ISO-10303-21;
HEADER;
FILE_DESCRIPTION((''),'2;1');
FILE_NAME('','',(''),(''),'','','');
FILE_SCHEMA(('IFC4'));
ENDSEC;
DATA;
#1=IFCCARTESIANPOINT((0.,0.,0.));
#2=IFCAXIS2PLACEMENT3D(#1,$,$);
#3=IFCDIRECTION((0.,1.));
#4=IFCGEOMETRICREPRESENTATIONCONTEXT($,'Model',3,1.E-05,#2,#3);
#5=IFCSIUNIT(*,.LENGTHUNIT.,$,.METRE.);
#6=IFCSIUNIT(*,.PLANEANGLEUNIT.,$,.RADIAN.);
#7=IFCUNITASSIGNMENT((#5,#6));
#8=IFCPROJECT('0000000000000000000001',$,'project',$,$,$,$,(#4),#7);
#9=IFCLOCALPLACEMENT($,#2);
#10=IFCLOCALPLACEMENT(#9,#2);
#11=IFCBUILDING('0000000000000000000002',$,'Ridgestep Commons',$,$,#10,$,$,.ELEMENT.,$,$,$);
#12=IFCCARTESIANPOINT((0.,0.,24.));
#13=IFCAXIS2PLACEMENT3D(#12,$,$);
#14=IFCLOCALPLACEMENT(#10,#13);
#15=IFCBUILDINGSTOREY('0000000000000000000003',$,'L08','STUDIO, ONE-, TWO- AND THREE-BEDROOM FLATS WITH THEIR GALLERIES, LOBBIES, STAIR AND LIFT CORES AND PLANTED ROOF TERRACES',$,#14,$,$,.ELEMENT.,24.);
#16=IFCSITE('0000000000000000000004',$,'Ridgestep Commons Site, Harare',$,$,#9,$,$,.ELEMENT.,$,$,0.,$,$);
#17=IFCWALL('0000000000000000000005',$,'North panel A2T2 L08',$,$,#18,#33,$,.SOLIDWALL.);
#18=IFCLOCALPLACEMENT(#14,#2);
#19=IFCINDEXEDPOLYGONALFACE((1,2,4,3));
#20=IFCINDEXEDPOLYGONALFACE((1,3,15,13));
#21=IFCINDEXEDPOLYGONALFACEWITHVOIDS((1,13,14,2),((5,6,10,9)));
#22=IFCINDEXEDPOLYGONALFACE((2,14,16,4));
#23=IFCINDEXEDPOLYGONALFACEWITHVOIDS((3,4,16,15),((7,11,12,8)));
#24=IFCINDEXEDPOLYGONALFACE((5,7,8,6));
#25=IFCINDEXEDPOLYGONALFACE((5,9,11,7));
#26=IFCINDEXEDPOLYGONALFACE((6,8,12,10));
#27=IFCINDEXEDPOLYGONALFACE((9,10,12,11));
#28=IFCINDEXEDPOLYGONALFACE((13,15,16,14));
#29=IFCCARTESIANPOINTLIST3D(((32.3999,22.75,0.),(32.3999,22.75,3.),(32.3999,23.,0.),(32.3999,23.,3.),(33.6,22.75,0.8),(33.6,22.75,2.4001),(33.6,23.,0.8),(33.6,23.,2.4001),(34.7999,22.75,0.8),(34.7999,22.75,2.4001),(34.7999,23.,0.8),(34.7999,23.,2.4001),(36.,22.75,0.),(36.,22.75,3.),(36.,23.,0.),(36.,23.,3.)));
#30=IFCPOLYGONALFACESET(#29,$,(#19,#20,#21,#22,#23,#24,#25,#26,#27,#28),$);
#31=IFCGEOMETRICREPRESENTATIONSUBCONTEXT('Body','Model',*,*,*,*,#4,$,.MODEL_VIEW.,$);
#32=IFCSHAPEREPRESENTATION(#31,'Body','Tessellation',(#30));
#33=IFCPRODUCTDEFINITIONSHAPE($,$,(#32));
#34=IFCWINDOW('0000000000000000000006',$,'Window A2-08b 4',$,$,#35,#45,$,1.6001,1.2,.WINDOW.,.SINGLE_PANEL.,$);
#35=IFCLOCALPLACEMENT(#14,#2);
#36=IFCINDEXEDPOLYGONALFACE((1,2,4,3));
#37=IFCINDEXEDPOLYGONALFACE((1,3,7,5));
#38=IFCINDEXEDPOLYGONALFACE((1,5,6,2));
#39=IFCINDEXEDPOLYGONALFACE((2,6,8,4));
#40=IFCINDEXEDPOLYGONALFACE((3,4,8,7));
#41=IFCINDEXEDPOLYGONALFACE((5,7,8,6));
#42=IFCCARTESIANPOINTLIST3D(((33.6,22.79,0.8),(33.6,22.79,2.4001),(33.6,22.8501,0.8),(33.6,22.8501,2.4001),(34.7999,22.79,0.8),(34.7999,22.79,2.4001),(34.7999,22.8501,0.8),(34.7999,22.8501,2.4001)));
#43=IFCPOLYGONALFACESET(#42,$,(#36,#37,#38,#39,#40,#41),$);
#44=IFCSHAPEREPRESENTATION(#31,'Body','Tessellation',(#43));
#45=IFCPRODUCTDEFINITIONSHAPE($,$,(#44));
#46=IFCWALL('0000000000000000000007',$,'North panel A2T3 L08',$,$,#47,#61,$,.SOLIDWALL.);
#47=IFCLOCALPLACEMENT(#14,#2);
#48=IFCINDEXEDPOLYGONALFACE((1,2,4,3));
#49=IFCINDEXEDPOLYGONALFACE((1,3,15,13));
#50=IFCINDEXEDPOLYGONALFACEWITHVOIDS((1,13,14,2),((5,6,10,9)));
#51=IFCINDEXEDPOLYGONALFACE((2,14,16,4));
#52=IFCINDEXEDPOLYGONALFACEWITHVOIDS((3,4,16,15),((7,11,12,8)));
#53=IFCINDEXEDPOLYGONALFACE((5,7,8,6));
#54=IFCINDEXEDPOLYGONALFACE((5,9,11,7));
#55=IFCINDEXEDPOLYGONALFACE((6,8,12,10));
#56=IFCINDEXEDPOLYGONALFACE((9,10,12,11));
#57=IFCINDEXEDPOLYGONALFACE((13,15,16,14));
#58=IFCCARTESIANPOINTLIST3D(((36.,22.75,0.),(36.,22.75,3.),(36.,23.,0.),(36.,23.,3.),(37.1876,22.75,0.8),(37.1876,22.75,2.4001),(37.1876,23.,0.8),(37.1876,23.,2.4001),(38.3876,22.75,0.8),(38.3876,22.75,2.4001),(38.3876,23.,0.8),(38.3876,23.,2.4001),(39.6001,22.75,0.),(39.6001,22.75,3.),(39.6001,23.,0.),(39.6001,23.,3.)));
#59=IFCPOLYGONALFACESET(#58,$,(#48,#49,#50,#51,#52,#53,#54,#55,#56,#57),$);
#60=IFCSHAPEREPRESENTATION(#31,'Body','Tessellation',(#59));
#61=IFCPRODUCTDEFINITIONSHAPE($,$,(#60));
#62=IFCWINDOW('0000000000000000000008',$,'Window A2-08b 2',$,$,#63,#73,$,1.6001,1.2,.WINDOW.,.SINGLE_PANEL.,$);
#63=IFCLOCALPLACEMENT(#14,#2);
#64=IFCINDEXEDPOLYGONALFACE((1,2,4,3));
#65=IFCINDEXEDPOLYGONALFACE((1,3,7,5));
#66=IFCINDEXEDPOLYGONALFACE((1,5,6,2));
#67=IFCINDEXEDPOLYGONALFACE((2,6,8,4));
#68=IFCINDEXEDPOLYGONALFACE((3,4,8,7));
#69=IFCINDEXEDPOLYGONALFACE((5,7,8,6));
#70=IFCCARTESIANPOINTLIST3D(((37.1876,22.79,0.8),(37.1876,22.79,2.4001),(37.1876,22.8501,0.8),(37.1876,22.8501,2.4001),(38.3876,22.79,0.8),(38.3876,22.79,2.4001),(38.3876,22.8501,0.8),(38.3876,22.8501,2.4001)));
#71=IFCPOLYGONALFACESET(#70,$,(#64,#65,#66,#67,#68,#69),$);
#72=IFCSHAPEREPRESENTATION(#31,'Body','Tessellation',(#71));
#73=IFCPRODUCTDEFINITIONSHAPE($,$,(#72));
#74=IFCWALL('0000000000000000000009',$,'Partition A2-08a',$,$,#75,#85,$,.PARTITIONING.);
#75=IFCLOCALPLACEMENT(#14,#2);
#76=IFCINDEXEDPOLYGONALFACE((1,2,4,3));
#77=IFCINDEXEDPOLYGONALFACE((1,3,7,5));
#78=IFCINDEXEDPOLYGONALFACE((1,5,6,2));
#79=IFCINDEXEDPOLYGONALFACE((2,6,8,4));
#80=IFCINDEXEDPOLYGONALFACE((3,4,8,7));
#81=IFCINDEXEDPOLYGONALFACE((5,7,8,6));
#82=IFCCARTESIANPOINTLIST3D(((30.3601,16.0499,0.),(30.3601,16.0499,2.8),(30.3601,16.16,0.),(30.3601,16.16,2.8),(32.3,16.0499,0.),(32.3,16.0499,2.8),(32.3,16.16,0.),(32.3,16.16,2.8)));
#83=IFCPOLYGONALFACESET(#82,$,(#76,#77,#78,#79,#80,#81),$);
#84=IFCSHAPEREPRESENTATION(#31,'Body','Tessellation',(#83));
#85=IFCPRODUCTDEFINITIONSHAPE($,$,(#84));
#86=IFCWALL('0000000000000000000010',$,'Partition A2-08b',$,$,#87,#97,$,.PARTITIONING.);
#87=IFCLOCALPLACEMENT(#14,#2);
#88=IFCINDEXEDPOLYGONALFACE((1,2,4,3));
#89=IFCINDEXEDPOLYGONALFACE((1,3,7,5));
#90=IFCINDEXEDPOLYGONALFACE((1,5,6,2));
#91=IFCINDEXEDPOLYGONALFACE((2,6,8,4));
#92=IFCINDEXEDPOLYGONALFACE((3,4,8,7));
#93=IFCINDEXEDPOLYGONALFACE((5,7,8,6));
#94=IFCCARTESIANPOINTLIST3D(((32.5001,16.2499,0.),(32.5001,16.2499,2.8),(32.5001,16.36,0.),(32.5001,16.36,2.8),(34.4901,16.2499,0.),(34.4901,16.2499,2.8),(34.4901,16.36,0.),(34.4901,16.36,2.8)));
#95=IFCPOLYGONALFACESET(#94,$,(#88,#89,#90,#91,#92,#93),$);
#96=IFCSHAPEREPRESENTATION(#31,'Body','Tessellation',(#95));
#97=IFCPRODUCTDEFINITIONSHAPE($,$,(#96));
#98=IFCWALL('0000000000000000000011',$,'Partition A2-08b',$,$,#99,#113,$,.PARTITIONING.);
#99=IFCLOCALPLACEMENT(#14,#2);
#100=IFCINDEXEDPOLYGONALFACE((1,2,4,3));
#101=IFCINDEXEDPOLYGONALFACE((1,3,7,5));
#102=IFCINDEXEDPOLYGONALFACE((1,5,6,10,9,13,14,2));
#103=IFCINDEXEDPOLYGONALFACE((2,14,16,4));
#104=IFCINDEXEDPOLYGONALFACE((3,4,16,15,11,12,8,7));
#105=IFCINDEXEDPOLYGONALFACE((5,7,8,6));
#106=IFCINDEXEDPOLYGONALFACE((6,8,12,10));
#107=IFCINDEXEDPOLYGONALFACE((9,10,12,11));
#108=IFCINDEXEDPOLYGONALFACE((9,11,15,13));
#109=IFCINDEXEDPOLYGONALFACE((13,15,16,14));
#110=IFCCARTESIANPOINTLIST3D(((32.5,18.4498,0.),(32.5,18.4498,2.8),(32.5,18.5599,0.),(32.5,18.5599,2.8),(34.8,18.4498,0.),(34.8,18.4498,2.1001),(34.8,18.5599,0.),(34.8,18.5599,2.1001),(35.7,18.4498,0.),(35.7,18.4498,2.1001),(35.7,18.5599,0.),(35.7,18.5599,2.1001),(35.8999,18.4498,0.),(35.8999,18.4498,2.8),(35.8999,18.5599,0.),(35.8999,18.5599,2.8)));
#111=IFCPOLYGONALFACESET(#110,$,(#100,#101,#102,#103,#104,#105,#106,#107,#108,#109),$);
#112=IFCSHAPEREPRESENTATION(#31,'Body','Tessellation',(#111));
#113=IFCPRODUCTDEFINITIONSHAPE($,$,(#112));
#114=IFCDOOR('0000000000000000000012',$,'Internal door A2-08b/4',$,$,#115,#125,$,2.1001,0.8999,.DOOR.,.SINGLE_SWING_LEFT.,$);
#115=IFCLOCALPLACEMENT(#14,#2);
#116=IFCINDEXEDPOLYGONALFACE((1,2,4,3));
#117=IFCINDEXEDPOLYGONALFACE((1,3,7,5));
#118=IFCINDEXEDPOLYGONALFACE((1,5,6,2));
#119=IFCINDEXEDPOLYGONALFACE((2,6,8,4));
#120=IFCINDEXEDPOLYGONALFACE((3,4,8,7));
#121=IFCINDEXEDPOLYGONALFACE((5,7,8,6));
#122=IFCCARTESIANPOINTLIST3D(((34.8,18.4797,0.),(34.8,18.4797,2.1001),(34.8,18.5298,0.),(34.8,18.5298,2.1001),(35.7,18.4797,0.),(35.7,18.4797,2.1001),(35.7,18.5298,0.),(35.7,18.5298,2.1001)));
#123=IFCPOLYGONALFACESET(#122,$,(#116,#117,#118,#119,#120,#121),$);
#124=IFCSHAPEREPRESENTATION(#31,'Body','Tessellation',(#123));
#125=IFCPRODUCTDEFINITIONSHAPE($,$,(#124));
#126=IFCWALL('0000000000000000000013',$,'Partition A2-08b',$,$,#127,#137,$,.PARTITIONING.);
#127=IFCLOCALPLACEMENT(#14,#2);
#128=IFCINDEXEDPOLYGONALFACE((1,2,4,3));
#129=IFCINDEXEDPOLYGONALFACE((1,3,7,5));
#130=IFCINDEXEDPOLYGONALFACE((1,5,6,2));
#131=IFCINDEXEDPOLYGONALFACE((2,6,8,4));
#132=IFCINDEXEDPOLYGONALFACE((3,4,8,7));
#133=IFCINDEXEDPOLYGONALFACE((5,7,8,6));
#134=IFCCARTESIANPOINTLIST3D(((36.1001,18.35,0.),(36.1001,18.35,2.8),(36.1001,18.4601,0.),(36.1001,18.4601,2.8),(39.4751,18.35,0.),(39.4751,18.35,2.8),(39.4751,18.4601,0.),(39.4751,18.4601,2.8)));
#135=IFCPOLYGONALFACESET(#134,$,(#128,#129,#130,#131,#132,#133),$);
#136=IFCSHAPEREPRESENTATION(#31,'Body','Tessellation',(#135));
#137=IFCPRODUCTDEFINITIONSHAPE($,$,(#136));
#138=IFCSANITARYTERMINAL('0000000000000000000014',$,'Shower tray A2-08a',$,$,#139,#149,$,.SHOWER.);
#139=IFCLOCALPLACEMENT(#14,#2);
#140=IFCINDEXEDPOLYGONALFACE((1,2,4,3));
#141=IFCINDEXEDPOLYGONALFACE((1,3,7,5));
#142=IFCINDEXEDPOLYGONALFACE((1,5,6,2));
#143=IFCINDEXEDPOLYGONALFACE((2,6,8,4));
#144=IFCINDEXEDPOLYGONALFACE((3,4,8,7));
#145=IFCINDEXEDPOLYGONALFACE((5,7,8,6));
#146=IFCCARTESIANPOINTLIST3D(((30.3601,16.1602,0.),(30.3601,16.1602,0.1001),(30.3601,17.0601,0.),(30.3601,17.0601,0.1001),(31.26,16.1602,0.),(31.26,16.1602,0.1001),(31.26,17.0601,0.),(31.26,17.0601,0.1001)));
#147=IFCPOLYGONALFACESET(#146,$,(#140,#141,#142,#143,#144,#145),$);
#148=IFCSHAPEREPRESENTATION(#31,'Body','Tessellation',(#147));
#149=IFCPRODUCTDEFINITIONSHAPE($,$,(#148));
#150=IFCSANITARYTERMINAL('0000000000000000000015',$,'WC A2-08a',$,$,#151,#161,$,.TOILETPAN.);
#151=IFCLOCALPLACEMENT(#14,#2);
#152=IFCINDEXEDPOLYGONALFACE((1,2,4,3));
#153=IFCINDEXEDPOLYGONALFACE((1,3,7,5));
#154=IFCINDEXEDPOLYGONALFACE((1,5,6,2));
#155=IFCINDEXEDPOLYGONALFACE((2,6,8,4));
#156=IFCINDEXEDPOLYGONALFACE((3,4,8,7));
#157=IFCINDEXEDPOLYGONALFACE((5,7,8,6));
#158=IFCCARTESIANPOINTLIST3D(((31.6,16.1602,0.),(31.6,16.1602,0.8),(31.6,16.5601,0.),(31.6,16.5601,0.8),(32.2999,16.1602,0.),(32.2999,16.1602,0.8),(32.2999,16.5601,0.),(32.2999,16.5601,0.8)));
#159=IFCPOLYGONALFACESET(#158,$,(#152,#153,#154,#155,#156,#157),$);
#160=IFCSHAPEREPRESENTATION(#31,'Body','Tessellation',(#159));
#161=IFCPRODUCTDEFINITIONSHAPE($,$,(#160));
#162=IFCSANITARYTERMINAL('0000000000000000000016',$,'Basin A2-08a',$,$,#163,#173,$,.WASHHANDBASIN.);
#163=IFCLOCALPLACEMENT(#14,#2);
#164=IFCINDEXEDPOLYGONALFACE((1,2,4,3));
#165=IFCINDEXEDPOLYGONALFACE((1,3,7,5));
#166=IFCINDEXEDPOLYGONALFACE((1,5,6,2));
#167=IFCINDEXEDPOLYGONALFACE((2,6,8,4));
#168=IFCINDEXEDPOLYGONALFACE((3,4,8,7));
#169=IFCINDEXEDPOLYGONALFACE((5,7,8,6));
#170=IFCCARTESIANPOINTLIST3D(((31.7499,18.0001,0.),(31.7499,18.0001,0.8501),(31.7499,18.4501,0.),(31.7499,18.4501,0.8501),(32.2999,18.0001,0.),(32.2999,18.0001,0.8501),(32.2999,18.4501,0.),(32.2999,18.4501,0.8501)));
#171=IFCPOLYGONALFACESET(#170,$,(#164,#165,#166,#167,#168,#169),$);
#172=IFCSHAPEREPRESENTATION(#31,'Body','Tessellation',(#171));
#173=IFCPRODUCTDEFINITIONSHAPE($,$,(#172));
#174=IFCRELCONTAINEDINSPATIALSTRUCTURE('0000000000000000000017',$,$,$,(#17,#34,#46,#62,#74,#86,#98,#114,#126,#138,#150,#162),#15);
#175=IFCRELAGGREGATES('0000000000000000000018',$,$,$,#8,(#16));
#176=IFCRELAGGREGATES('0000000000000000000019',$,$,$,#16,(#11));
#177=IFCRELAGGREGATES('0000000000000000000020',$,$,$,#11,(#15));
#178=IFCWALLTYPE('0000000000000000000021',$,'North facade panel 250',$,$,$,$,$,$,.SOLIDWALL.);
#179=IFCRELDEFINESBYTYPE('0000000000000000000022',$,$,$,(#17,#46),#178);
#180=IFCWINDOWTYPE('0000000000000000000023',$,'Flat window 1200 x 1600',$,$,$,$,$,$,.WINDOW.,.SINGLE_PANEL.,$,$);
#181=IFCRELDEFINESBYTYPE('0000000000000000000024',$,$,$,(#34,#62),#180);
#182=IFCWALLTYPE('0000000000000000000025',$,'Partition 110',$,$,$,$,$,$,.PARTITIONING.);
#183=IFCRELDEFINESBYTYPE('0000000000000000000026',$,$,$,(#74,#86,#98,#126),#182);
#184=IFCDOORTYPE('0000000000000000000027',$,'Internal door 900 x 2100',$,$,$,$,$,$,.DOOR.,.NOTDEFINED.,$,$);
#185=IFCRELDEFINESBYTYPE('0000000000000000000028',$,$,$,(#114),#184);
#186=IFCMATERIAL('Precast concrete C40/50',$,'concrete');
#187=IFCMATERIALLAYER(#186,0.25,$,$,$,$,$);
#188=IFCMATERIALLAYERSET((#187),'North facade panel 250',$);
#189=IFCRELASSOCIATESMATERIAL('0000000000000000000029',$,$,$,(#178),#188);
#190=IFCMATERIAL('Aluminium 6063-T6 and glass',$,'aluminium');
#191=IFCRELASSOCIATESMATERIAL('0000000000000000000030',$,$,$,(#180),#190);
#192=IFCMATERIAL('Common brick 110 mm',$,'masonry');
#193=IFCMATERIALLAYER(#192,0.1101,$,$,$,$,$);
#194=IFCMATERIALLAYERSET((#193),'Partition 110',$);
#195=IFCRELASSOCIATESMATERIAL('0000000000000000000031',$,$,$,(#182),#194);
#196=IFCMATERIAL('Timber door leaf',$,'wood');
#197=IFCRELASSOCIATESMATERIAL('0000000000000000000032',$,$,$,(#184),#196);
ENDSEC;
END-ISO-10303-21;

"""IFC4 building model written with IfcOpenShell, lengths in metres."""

from ifc_helpers import new_model, si_unit, direction, frame, frame_2d, origin, origin_2d, place, context, subcontext, project, spatial, rectangle, extrude, material, layer, layer_set, type_object, element, fill, save


model = new_model("IFC4")

# Units and contexts
model_context = context("Model", 3, precision=1e-05, world=origin(), true_north=direction((0.0, 1.0)))
body_context = subcontext(model_context, "Body", "Model", "MODEL_VIEW")
ifc_project = project(units=[si_unit("LENGTHUNIT", "METRE"), si_unit("PLANEANGLEUNIT", "RADIAN")], contexts=[model_context])

# Site, building, storey
site_placement = place(None, origin())
site = spatial("IfcSite", under=ifc_project, at=site_placement, Name="Ridgestep Commons Site, Harare", CompositionType="ELEMENT", RefElevation=0.0)
building_placement = place(site_placement, origin())
building = spatial("IfcBuilding", under=site, at=building_placement, Name="Ridgestep Commons", CompositionType="ELEMENT")
storey_placement = place(building_placement, frame((0.0, 0.0, 24.0)))
storey = spatial("IfcBuildingStorey", under=building, at=storey_placement, Name="L08", Description="STUDIO, ONE-, TWO- AND THREE-BEDROOM FLATS WITH THEIR GALLERIES, LOBBIES, STAIR AND LIFT CORES AND PLANTED ROOF TERRACES", CompositionType="ELEMENT", Elevation=24.0)

# Walls, openings, windows
ifc_material_1 = material(Name="Precast concrete C40/50", Category="concrete")
ifc_layer_1 = layer(ifc_material_1, 0.25)
ifc_layer_set_1 = layer_set([ifc_layer_1], Name="North facade panel 250")
wall_type_1 = type_object("IfcWallType", Name="North facade panel 250", PredefinedType="SOLIDWALL", material=ifc_layer_set_1)
wall_1_placement = place(storey_placement, frame((32.3999, 22.875, 0.0), z_axis=(0.0, 0.0, 1.0), x_axis=(1.0, 0.0, 0.0)))
wall_1 = element("IfcWall", 1, at=wall_1_placement, inside=storey, type_object=wall_type_1, Name="North panel A2T2 L08", PredefinedType="SOLIDWALL", context=body_context, shape_type="SweptSolid", body=[
    extrude(rectangle(XDim=3.6001, YDim=0.25, at=frame_2d((1.8, 0.0))), origin(), (0.0, 0.0, 1.0), 3.0),
])
opening_1_placement = place(wall_1_placement, frame((1.2, 0.0, 0.8)))
opening_1 = element("IfcOpeningElement", 2, at=opening_1_placement, cuts=wall_1, PredefinedType="OPENING", context=body_context, shape_type="SweptSolid", body=[
    extrude(rectangle(XDim=1.2, YDim=1.6001, at=frame_2d((0.6001, 0.8))), frame((0.0, 0.135, 0.0), z_axis=(0.0, -1.0, 0.0), x_axis=(1.0, 0.0, 0.0)), (0.0, 0.0, 1.0), 0.27),
])
ifc_material_2 = material(Name="Aluminium 6063-T6 and glass", Category="aluminium")
window_type = type_object("IfcWindowType", Name="Flat window 1200 x 1600", PartitioningType="SINGLE_PANEL", PredefinedType="WINDOW", material=ifc_material_2)
window_1_placement = place(opening_1_placement, origin())
window_1 = element("IfcWindow", 3, at=window_1_placement, inside=storey, type_object=window_type, Name="Window A2-08b 4", OverallHeight=1.6001, OverallWidth=1.2, PartitioningType="SINGLE_PANEL", PredefinedType="WINDOW", context=body_context, shape_type="SweptSolid", body=[
    extrude(rectangle(XDim=1.2, YDim=1.6001, at=frame_2d((0.6001, 0.8))), frame((0.0, -0.0249, 0.0), z_axis=(0.0, -1.0, 0.0), x_axis=(1.0, 0.0, 0.0)), (0.0, 0.0, 1.0), 0.0601),
])
fill(opening_1, window_1)
wall_2_placement = place(storey_placement, frame((36.0, 22.875, 0.0), z_axis=(0.0, 0.0, 1.0), x_axis=(1.0, 0.0, 0.0)))
wall_2 = element("IfcWall", 4, at=wall_2_placement, inside=storey, type_object=wall_type_1, Name="North panel A2T3 L08", PredefinedType="SOLIDWALL", context=body_context, shape_type="SweptSolid", body=[
    extrude(rectangle(XDim=3.6001, YDim=0.25, at=frame_2d((1.8, 0.0))), origin(), (0.0, 0.0, 1.0), 3.0),
])
opening_2_placement = place(wall_2_placement, frame((1.1875, 0.0, 0.8)))
opening_2 = element("IfcOpeningElement", 5, at=opening_2_placement, cuts=wall_2, PredefinedType="OPENING", context=body_context, shape_type="SweptSolid", body=[
    extrude(rectangle(XDim=1.2, YDim=1.6001, at=frame_2d((0.6001, 0.8))), frame((0.0, 0.135, 0.0), z_axis=(0.0, -1.0, 0.0), x_axis=(1.0, 0.0, 0.0)), (0.0, 0.0, 1.0), 0.27),
])
window_2_placement = place(opening_2_placement, origin())
window_2 = element("IfcWindow", 6, at=window_2_placement, inside=storey, type_object=window_type, Name="Window A2-08b 2", OverallHeight=1.6001, OverallWidth=1.2, PartitioningType="SINGLE_PANEL", PredefinedType="WINDOW", context=body_context, shape_type="SweptSolid", body=[
    extrude(rectangle(XDim=1.2, YDim=1.6001, at=frame_2d((0.6001, 0.8))), frame((0.0, -0.0249, 0.0), z_axis=(0.0, -1.0, 0.0), x_axis=(1.0, 0.0, 0.0)), (0.0, 0.0, 1.0), 0.0601),
])
fill(opening_2, window_2)

# Walls
ifc_material_3 = material(Name="Common brick 110 mm", Category="masonry")
ifc_layer_2 = layer(ifc_material_3, 0.1101)
ifc_layer_set_2 = layer_set([ifc_layer_2], Name="Partition 110")
wall_type_2 = type_object("IfcWallType", Name="Partition 110", PredefinedType="PARTITIONING", material=ifc_layer_set_2)
wall_3_placement = place(storey_placement, frame((30.3601, 16.105, 0.0), z_axis=(0.0, 0.0, 1.0), x_axis=(1.0, 0.0, 0.0)))
element("IfcWall", 7, at=wall_3_placement, inside=storey, type_object=wall_type_2, Name="Partition A2-08a", PredefinedType="PARTITIONING", context=body_context, shape_type="SweptSolid", body=[
    extrude(rectangle(XDim=1.9399, YDim=0.1101, at=frame_2d((0.97, 0.0))), origin(), (0.0, 0.0, 1.0), 2.8),
])
wall_4_placement = place(storey_placement, frame((32.5, 16.3049, 0.0), z_axis=(0.0, 0.0, 1.0), x_axis=(1.0, 0.0, 0.0)))
element("IfcWall", 8, at=wall_4_placement, inside=storey, type_object=wall_type_2, Name="Partition A2-08b", PredefinedType="PARTITIONING", context=body_context, shape_type="SweptSolid", body=[
    extrude(rectangle(XDim=1.99, YDim=0.1101, at=frame_2d((0.9951, 0.0))), origin(), (0.0, 0.0, 1.0), 2.8),
])

# Wall, opening, door
wall_5_placement = place(storey_placement, frame((32.5, 18.5049, 0.0), z_axis=(0.0, 0.0, 1.0), x_axis=(1.0, 0.0, 0.0)))
wall_5 = element("IfcWall", 9, at=wall_5_placement, inside=storey, type_object=wall_type_2, Name="Partition A2-08b", PredefinedType="PARTITIONING", context=body_context, shape_type="SweptSolid", body=[
    extrude(rectangle(XDim=3.3999, YDim=0.1101, at=frame_2d((1.7, 0.0))), origin(), (0.0, 0.0, 1.0), 2.8),
])
opening_3_placement = place(wall_5_placement, frame((2.3, 0.0, 0.0)))
opening_3 = element("IfcOpeningElement", 10, at=opening_3_placement, cuts=wall_5, PredefinedType="OPENING", context=body_context, shape_type="SweptSolid", body=[
    extrude(rectangle(XDim=0.8999, YDim=2.1001, at=frame_2d((0.45, 1.05))), frame((0.0, 0.0649, 0.0), z_axis=(0.0, -1.0, 0.0), x_axis=(1.0, 0.0, 0.0)), (0.0, 0.0, 1.0), 0.1301),
])
ifc_material_4 = material(Name="Timber door leaf", Category="wood")
door_type = type_object("IfcDoorType", Name="Internal door 900 x 2100", OperationType="NOTDEFINED", PredefinedType="DOOR", material=ifc_material_4)
door_placement = place(opening_3_placement, origin())
door = element("IfcDoor", 11, at=door_placement, inside=storey, type_object=door_type, Name="Internal door A2-08b/4", OperationType="SINGLE_SWING_LEFT", OverallHeight=2.1001, OverallWidth=0.8999, PredefinedType="DOOR", context=body_context, shape_type="SweptSolid", body=[
    extrude(rectangle(XDim=0.8999, YDim=2.1001, at=frame_2d((0.45, 1.05))), frame((0.0, 0.0249, 0.0), z_axis=(0.0, -1.0, 0.0), x_axis=(1.0, 0.0, 0.0)), (0.0, 0.0, 1.0), 0.05),
])
fill(opening_3, door)

# Wall
wall_6_placement = place(storey_placement, frame((36.1001, 18.405, 0.0), z_axis=(0.0, 0.0, 1.0), x_axis=(1.0, 0.0, 0.0)))
element("IfcWall", 12, at=wall_6_placement, inside=storey, type_object=wall_type_2, Name="Partition A2-08b", PredefinedType="PARTITIONING", context=body_context, shape_type="SweptSolid", body=[
    extrude(rectangle(XDim=3.375, YDim=0.1101, at=frame_2d((1.6875, 0.0))), origin(), (0.0, 0.0, 1.0), 2.8),
])

# Sanitary terminals
sanitary_terminal_1_placement = place(storey_placement, frame((30.8101, 16.6101, 0.0), z_axis=(0.0, 0.0, 1.0), x_axis=(1.0, 0.0, 0.0)))
element("IfcSanitaryTerminal", 13, at=sanitary_terminal_1_placement, inside=storey, Name="Shower tray A2-08a", PredefinedType="SHOWER", context=body_context, shape_type="SweptSolid", body=[
    extrude(rectangle(XDim=0.8999, YDim=0.8999, at=origin_2d()), origin(), (0.0, 0.0, 1.0), 0.1001),
])
sanitary_terminal_2_placement = place(storey_placement, frame((31.95, 16.3601, 0.0), z_axis=(0.0, 0.0, 1.0), x_axis=(1.0, 0.0, 0.0)))
element("IfcSanitaryTerminal", 14, at=sanitary_terminal_2_placement, inside=storey, Name="WC A2-08a", PredefinedType="TOILETPAN", context=body_context, shape_type="SweptSolid", body=[
    extrude(rectangle(XDim=0.7, YDim=0.3999, at=origin_2d()), origin(), (0.0, 0.0, 1.0), 0.8),
])
sanitary_terminal_3_placement = place(storey_placement, frame((32.0249, 18.2251, 0.0), z_axis=(0.0, 0.0, 1.0), x_axis=(1.0, 0.0, 0.0)))
element("IfcSanitaryTerminal", 15, at=sanitary_terminal_3_placement, inside=storey, Name="Basin A2-08a", PredefinedType="WASHHANDBASIN", context=body_context, shape_type="SweptSolid", body=[
    extrude(rectangle(XDim=0.55, YDim=0.45, at=origin_2d()), origin(), (0.0, 0.0, 1.0), 0.8501),
])

save(model, "model.ifc")
